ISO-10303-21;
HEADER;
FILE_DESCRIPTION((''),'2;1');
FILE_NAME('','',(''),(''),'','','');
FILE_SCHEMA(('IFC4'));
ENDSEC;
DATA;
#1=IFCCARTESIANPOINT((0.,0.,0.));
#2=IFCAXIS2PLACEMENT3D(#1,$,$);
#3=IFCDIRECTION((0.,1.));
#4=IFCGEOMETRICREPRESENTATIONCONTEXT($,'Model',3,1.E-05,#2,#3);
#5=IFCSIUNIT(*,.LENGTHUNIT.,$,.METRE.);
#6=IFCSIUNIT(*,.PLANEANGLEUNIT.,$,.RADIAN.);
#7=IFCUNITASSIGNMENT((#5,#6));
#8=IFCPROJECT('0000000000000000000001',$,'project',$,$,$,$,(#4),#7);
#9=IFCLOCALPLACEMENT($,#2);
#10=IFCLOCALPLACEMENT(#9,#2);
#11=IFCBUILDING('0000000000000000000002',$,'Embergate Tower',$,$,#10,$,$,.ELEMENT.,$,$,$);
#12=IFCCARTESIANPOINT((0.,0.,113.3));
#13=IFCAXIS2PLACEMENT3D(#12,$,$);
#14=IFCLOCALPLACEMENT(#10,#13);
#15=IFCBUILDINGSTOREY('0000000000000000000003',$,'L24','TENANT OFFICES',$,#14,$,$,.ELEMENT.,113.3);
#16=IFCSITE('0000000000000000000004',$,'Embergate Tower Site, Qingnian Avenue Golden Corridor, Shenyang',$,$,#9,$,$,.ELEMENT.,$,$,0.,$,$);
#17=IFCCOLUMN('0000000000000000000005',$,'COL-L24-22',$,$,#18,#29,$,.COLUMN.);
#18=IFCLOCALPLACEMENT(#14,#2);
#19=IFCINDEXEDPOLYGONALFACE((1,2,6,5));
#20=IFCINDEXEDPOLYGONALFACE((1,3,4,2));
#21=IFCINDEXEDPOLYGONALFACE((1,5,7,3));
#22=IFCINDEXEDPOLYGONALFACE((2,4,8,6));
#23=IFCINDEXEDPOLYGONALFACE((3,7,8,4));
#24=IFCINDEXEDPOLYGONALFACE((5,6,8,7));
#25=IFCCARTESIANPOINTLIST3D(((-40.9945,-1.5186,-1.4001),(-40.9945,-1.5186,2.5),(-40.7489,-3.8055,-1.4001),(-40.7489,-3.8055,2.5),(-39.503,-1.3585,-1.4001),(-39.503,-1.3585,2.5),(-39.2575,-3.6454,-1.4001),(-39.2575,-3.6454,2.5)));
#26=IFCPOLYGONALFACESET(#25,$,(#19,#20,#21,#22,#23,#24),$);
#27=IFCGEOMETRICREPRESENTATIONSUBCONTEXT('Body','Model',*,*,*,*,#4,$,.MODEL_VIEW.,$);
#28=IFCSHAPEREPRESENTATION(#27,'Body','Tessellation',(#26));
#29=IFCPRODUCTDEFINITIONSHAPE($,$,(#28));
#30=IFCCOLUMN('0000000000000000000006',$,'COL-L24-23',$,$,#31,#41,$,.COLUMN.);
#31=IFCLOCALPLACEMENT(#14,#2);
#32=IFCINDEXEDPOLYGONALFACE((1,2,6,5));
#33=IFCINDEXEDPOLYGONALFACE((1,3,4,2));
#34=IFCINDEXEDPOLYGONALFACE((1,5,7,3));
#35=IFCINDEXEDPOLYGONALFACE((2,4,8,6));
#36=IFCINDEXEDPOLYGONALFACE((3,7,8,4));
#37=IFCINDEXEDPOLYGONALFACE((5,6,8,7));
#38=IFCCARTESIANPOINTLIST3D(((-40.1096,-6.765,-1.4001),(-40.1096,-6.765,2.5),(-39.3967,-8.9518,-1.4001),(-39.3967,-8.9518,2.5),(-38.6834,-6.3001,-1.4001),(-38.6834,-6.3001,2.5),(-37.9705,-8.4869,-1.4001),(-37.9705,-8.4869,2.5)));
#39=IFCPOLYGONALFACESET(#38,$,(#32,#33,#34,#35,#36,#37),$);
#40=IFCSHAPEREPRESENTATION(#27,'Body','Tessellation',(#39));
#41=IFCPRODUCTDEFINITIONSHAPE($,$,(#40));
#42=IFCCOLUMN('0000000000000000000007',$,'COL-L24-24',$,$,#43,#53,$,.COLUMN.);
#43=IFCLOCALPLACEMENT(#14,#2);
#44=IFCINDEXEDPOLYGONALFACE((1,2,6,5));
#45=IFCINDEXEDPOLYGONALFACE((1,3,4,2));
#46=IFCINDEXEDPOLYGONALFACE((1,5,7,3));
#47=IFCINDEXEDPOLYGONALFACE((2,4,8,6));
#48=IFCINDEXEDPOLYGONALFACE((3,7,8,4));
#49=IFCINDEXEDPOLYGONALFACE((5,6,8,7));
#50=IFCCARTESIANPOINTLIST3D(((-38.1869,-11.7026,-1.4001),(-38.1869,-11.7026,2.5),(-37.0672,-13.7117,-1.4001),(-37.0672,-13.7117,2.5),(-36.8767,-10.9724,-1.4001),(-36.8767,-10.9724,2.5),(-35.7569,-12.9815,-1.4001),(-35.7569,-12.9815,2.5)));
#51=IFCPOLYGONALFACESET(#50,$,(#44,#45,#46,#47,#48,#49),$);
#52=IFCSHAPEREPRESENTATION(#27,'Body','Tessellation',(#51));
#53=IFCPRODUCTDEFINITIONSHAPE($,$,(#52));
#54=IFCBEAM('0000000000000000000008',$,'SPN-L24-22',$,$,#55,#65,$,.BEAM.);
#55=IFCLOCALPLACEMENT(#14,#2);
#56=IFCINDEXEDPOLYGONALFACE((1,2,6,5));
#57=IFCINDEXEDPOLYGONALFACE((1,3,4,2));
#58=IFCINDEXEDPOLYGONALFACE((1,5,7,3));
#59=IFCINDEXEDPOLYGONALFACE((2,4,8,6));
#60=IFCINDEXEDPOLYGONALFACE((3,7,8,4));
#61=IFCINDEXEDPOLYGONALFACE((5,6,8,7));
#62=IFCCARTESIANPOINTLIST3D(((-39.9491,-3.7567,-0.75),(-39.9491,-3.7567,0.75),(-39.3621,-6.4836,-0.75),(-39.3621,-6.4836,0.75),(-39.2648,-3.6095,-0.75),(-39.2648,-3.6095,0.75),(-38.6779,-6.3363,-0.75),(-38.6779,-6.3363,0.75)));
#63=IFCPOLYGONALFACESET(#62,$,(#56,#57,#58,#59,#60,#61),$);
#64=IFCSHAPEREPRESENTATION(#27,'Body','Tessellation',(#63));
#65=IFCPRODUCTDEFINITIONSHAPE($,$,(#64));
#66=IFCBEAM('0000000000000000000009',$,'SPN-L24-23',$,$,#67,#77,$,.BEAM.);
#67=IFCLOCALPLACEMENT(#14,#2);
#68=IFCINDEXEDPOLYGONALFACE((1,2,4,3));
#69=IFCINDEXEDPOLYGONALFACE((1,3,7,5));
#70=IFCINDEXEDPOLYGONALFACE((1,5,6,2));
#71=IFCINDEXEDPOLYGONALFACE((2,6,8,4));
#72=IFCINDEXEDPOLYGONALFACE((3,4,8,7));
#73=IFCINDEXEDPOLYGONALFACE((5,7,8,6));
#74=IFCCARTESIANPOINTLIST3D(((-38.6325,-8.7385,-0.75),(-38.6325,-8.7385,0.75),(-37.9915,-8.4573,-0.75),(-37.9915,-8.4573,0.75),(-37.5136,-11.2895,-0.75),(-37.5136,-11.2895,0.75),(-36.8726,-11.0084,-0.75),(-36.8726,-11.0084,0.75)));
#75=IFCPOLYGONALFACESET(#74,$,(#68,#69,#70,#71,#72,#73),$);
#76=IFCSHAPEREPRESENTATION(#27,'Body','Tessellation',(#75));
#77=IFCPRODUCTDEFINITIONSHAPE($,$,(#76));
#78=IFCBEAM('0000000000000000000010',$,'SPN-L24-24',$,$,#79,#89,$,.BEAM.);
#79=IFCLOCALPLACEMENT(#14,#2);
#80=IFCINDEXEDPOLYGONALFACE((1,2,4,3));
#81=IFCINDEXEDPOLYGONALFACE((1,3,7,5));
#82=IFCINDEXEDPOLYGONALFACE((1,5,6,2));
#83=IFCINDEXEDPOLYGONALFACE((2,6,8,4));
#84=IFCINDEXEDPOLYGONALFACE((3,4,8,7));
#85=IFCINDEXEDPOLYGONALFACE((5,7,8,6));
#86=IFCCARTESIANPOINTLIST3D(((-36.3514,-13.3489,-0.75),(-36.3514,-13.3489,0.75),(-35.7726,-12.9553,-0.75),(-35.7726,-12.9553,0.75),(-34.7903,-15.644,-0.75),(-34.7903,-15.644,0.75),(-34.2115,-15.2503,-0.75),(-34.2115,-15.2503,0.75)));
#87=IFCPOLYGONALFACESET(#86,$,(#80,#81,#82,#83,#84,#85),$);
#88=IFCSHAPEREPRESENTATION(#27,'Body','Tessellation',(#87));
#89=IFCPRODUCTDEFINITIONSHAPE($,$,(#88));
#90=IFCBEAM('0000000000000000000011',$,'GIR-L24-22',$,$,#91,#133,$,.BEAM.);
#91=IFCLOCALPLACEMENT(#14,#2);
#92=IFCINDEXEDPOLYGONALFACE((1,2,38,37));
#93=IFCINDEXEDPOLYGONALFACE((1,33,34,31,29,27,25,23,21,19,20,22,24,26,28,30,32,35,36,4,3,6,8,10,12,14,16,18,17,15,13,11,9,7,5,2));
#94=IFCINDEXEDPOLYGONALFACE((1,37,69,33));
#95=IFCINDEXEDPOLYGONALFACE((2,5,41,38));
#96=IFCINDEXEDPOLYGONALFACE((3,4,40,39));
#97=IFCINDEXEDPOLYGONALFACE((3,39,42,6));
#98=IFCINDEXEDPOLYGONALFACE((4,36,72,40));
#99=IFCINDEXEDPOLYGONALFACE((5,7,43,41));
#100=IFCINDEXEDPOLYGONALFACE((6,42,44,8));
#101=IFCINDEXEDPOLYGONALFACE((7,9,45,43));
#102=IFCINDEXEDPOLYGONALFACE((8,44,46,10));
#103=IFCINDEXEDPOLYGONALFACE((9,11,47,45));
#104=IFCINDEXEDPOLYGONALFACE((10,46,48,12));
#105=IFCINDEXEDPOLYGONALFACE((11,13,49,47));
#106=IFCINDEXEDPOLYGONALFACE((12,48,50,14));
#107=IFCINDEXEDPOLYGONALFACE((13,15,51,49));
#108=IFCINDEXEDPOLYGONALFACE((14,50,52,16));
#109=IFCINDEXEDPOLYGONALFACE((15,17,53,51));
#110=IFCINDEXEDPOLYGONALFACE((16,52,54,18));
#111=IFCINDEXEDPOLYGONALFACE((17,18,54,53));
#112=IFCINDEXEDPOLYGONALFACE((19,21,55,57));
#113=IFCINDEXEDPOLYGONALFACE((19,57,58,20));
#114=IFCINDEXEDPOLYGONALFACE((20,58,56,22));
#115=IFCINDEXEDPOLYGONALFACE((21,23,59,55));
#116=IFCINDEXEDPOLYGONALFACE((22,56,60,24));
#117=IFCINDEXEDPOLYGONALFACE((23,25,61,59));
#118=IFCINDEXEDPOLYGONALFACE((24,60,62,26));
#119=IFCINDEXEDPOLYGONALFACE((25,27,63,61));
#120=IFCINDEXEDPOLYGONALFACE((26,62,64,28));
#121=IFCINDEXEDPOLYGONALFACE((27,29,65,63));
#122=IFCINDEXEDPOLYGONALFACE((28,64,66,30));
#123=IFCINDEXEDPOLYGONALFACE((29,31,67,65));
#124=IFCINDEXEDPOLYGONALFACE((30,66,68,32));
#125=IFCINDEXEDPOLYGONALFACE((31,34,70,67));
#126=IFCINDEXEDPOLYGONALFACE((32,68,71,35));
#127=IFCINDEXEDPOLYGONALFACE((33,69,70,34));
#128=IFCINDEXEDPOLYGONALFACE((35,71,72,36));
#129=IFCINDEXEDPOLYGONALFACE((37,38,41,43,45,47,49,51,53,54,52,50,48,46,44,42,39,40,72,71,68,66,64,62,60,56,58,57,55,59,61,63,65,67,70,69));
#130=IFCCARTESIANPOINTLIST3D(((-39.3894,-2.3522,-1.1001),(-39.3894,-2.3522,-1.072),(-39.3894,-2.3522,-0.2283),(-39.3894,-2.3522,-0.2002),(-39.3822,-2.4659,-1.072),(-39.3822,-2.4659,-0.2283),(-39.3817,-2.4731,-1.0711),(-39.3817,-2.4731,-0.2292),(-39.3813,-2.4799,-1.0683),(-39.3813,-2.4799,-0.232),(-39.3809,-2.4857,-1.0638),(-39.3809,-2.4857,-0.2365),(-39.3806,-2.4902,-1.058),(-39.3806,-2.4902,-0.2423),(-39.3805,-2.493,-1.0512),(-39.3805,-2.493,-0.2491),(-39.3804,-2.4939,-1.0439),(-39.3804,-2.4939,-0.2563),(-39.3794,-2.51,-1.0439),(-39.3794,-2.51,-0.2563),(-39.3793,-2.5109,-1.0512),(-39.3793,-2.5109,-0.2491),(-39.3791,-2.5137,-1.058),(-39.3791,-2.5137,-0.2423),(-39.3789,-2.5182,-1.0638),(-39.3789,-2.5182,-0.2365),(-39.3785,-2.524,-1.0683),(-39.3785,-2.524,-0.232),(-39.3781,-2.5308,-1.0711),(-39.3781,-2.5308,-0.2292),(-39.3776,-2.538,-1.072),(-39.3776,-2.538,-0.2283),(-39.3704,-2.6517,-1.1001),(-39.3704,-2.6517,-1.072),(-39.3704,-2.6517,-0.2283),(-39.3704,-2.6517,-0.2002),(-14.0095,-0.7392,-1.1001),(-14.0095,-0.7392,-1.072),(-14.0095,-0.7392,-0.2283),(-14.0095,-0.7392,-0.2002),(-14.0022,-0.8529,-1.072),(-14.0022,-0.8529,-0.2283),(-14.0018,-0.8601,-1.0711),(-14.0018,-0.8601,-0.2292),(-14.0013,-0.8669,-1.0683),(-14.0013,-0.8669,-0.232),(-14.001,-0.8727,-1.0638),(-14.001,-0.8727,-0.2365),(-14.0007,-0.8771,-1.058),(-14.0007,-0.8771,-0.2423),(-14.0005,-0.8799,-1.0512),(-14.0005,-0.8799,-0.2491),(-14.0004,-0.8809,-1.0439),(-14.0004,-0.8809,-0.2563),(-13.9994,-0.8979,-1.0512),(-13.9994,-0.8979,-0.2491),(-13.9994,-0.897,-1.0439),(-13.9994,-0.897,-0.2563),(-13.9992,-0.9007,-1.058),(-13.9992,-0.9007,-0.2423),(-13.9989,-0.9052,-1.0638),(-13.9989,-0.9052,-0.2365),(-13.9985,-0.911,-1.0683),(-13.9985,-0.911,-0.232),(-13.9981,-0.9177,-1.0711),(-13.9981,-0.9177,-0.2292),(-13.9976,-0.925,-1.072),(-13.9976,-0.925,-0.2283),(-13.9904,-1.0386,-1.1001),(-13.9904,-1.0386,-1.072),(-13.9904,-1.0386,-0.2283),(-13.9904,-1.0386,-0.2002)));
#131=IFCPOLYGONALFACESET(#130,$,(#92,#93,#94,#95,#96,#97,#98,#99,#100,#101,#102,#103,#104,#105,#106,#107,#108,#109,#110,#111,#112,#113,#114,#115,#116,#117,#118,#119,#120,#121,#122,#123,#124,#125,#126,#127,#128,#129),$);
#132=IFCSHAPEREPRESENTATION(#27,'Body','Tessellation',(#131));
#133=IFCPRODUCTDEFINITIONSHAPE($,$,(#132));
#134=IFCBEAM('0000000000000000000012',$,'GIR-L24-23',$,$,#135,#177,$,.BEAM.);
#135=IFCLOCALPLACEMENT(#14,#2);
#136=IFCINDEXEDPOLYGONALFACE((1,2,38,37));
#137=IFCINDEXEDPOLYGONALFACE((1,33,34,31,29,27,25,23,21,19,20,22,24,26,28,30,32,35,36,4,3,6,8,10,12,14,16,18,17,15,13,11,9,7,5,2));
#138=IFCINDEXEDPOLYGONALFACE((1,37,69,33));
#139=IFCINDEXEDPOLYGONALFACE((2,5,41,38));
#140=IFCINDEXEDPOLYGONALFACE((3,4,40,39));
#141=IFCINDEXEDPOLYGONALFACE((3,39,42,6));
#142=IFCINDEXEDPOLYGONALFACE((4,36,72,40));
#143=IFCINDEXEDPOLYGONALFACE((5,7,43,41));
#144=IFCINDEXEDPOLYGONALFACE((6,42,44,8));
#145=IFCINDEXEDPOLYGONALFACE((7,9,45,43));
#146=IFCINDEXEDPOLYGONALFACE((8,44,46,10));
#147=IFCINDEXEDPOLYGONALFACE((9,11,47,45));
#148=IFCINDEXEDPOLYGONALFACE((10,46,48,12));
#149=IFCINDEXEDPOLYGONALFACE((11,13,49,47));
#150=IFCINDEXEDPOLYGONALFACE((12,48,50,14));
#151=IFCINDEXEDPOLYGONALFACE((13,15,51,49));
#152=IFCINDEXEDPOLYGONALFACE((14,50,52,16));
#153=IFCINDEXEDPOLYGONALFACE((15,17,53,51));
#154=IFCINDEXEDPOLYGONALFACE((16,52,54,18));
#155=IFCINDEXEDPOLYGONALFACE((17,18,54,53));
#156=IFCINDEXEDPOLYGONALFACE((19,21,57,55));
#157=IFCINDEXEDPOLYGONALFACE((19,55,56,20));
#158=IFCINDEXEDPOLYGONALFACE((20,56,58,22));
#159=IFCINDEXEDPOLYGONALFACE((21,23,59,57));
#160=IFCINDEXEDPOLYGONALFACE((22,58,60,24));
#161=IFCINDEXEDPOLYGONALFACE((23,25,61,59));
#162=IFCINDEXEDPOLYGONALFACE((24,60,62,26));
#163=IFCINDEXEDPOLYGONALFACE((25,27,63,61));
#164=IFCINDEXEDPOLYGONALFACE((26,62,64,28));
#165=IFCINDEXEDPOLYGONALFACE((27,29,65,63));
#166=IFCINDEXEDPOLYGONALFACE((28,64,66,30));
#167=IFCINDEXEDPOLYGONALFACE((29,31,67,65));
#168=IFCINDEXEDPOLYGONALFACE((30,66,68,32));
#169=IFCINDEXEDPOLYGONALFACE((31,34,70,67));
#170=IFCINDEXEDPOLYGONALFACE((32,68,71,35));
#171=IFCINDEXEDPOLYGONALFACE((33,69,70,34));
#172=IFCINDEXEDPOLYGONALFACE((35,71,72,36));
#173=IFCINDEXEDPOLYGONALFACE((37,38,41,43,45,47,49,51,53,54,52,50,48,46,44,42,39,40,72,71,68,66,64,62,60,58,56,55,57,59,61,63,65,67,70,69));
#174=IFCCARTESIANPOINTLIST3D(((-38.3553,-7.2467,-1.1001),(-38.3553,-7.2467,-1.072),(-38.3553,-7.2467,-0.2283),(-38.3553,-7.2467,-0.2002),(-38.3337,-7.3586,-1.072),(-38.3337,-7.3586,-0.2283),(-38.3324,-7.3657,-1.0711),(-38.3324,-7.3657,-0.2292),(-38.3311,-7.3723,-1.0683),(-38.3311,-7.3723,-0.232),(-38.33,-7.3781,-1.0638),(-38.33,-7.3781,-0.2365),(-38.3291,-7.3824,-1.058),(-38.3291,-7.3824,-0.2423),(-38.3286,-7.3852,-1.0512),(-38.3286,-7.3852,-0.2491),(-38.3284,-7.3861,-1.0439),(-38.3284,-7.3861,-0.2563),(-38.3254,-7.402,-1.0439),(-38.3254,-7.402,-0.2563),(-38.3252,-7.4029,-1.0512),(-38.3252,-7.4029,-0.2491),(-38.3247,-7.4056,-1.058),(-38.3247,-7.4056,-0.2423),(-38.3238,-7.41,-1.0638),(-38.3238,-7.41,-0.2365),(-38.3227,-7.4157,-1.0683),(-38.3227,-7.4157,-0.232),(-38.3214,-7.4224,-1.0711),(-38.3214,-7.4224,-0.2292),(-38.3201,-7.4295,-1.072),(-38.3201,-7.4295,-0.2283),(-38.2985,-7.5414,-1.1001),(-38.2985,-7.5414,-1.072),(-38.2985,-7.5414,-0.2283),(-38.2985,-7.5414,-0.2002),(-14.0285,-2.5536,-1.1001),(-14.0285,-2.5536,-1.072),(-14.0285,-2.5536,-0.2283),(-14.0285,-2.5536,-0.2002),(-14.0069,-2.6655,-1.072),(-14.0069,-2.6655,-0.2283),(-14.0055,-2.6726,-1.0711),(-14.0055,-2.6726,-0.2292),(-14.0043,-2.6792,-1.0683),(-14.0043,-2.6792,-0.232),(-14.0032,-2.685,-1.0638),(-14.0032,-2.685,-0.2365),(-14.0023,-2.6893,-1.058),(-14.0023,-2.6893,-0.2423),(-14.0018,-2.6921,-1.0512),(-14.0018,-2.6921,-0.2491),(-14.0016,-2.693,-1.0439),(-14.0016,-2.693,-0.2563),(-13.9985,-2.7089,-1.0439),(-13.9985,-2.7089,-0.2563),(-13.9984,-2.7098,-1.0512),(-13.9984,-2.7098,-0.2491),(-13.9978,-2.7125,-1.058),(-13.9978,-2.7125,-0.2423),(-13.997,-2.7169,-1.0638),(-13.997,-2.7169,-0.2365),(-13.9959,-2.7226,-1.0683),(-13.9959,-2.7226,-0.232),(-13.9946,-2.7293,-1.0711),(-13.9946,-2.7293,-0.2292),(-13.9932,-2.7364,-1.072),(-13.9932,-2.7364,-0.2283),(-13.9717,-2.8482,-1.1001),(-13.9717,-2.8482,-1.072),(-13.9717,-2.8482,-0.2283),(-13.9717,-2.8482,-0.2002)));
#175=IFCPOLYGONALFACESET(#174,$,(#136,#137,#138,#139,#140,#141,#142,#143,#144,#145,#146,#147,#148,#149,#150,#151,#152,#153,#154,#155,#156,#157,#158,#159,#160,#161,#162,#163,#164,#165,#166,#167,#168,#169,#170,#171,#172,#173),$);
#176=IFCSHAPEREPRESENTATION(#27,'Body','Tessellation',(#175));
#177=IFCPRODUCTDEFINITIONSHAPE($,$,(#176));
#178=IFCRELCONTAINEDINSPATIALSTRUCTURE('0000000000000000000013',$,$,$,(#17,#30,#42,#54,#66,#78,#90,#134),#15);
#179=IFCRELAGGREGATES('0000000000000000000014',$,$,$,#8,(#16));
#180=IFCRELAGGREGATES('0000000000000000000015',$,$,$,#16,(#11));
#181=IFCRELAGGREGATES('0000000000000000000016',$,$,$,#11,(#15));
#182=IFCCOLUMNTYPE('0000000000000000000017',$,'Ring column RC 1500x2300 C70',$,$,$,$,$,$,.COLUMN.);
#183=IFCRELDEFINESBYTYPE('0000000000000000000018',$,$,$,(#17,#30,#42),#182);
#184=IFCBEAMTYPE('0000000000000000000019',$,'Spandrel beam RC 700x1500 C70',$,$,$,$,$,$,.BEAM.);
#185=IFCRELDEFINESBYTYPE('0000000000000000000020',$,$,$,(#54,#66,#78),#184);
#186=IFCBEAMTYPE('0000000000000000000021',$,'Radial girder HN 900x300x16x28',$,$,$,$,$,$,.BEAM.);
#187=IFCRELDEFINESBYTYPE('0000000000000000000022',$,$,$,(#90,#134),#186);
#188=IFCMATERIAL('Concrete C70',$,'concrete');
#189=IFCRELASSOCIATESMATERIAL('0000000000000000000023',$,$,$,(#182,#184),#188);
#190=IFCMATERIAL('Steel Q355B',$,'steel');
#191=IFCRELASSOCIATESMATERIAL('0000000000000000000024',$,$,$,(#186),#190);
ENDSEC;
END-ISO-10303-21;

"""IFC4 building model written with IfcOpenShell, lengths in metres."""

from ifc_helpers import new_model, si_unit, direction, frame, origin, origin_2d, place, context, subcontext, project, spatial, rectangle, i_section, extrude, source, transform, mapped, material, material_profile, profile_set, type_object, element, save


model = new_model("IFC4")

# Units and contexts
model_context = context("Model", 3, precision=1e-05, world=origin(), true_north=direction((0.0, 1.0)))
body_context = subcontext(model_context, "Body", "Model", "MODEL_VIEW")
ifc_project = project(units=[si_unit("LENGTHUNIT", "METRE"), si_unit("PLANEANGLEUNIT", "RADIAN")], contexts=[model_context])

# Site, building, storey
site_placement = place(None, origin())
site = spatial("IfcSite", under=ifc_project, at=site_placement, Name="Embergate Tower Site, Qingnian Avenue Golden Corridor, Shenyang", CompositionType="ELEMENT", RefElevation=0.0)
building_placement = place(site_placement, origin())
building = spatial("IfcBuilding", under=site, at=building_placement, Name="Embergate Tower", CompositionType="ELEMENT")
storey_placement = place(building_placement, frame((0.0, 0.0, 113.3)))
storey = spatial("IfcBuildingStorey", under=building, at=storey_placement, Name="L24", Description="TENANT OFFICES", CompositionType="ELEMENT", Elevation=113.3)

# Columns
ifc_material_1 = material(Name="Concrete C70", Category="concrete")
ifc_material_profile_1 = material_profile(ifc_material_1, rectangle(XDim=1.5, YDim=2.3, at=origin_2d()), Name="RC 1500x2300")
ifc_profile_set_1 = profile_set([ifc_material_profile_1], Name="Concrete C70")
column_type = type_object("IfcColumnType", Name="Ring column RC 1500x2300 C70", PredefinedType="COLUMN", material=ifc_profile_set_1)
shared_shape_1 = source(origin(), body_context, "Body", "SweptSolid", [
    extrude(rectangle(XDim=1.5, YDim=2.3, at=origin_2d()), origin(), (0.0, 0.0, 1.0), 3.9001),
])
for number, where, z_axis, x_axis, name in (
    (1, (-40.126, -2.582, -1.4001), (0.0, 0.0, 1.0), (-0.994286, -0.10675, 0.0), "COL-L24-22"),
    (2, (-39.04, -7.626, -1.4001), (0.0, 0.0, 1.0), (-0.950754, -0.309946, 0.0), "COL-L24-23"),
    (3, (-36.9719, -12.342, -1.4001), (0.0, 0.0, 1.0), (-0.8735, -0.486823, 0.0), "COL-L24-24"),
):
    element("IfcColumn", number, at=place(storey_placement, frame(where, z_axis=z_axis, x_axis=x_axis)), inside=storey, type_object=column_type, Name=name, PredefinedType="COLUMN", context=body_context, shape_type="MappedRepresentation", body=[
        mapped(shared_shape_1, transform((0.0, 0.0, 0.0))),
    ])

# Beams
ifc_material_profile_2 = material_profile(ifc_material_1, rectangle(XDim=0.7, YDim=1.5, at=origin_2d()), Name="RC 700x1500")
ifc_profile_set_2 = profile_set([ifc_material_profile_2], Name="Concrete C70")
beam_type_1 = type_object("IfcBeamType", Name="Spandrel beam RC 700x1500 C70", PredefinedType="BEAM", material=ifc_profile_set_2)
shared_shape_2 = source(origin(), body_context, "Body", "SweptSolid", [
    extrude(rectangle(XDim=0.7, YDim=1.5, at=origin_2d()), origin(), (0.0, 0.0, 1.0), 2.7893),
])
beam_1_placement = place(storey_placement, frame((-39.6069, -3.6831, 0.0), z_axis=(0.21042, -0.977611, 0.0), x_axis=(0.977611, 0.21042, 0.0)))
element("IfcBeam", 4, at=beam_1_placement, inside=storey, type_object=beam_type_1, Name="SPN-L24-22", PredefinedType="BEAM", context=body_context, shape_type="MappedRepresentation", body=[
    mapped(shared_shape_2, transform((0.0, 0.0, 0.0))),
])
shared_shape_3 = source(origin(), body_context, "Body", "SweptSolid", [
    extrude(rectangle(XDim=0.7, YDim=1.5, at=origin_2d()), origin(), (0.0, 0.0, 1.0), 2.7856),
])
beam_2_placement = place(storey_placement, frame((-38.312, -8.5979, 0.0), z_axis=(0.401669, -0.915785, 0.0), x_axis=(0.915785, 0.401669, 0.0)))
element("IfcBeam", 5, at=beam_2_placement, inside=storey, type_object=beam_type_1, Name="SPN-L24-23", PredefinedType="BEAM", context=body_context, shape_type="MappedRepresentation", body=[
    mapped(shared_shape_3, transform((0.0, 0.0, 0.0))),
])
shared_shape_4 = source(origin(), body_context, "Body", "SweptSolid", [
    extrude(rectangle(XDim=0.7, YDim=1.5, at=origin_2d()), origin(), (0.0, 0.0, 1.0), 2.7756),
])
beam_3_placement = place(storey_placement, frame((-36.062, -13.1521, 0.0), z_axis=(0.56243, -0.826845, 0.0), x_axis=(0.826845, 0.56243, 0.0)))
element("IfcBeam", 6, at=beam_3_placement, inside=storey, type_object=beam_type_1, Name="SPN-L24-24", PredefinedType="BEAM", context=body_context, shape_type="MappedRepresentation", body=[
    mapped(shared_shape_4, transform((0.0, 0.0, 0.0))),
])
ifc_material_2 = material(Name="Steel Q355B", Category="steel")
ifc_material_profile_3 = material_profile(ifc_material_2, i_section(OverallWidth=0.3, OverallDepth=0.8999, WebThickness=0.0161, FlangeThickness=0.0281, FilletRadius=0.0281, at=origin_2d()), Name="HN 900x300x16x28")
ifc_profile_set_3 = profile_set([ifc_material_profile_3], Name="Steel Q355 grade B")
beam_type_2 = type_object("IfcBeamType", Name="Radial girder HN 900x300x16x28", PredefinedType="BEAM", material=ifc_profile_set_3)
shared_shape_5 = source(origin(), body_context, "Body", "SweptSolid", [
    extrude(i_section(OverallWidth=0.3, OverallDepth=0.8999, WebThickness=0.0161, FlangeThickness=0.0281, FilletRadius=0.0281, at=origin_2d()), origin(), (0.0, 0.0, 1.0), 25.4312),
])
beam_4_placement = place(storey_placement, frame((-39.3799, -2.502, -0.6501), z_axis=(0.997986, 0.063428, 0.0), x_axis=(-0.063428, 0.997986, 0.0)))
element("IfcBeam", 7, at=beam_4_placement, inside=storey, type_object=beam_type_2, Name="GIR-L24-22", PredefinedType="BEAM", context=body_context, shape_type="MappedRepresentation", body=[
    mapped(shared_shape_5, transform((0.0, 0.0, 0.0))),
])
shared_shape_6 = source(origin(), body_context, "Body", "SweptSolid", [
    extrude(i_section(OverallWidth=0.3, OverallDepth=0.8999, WebThickness=0.0161, FlangeThickness=0.0281, FilletRadius=0.0281, at=origin_2d()), origin(), (0.0, 0.0, 1.0), 24.7754),
])
beam_5_placement = place(storey_placement, frame((-38.3269, -7.394, -0.6501), z_axis=(0.981895, 0.189426, 0.0), x_axis=(-0.189426, 0.981895, 0.0)))
element("IfcBeam", 8, at=beam_5_placement, inside=storey, type_object=beam_type_2, Name="GIR-L24-23", PredefinedType="BEAM", context=body_context, shape_type="MappedRepresentation", body=[
    mapped(shared_shape_6, transform((0.0, 0.0, 0.0))),
])

save(model, "model.ifc")
